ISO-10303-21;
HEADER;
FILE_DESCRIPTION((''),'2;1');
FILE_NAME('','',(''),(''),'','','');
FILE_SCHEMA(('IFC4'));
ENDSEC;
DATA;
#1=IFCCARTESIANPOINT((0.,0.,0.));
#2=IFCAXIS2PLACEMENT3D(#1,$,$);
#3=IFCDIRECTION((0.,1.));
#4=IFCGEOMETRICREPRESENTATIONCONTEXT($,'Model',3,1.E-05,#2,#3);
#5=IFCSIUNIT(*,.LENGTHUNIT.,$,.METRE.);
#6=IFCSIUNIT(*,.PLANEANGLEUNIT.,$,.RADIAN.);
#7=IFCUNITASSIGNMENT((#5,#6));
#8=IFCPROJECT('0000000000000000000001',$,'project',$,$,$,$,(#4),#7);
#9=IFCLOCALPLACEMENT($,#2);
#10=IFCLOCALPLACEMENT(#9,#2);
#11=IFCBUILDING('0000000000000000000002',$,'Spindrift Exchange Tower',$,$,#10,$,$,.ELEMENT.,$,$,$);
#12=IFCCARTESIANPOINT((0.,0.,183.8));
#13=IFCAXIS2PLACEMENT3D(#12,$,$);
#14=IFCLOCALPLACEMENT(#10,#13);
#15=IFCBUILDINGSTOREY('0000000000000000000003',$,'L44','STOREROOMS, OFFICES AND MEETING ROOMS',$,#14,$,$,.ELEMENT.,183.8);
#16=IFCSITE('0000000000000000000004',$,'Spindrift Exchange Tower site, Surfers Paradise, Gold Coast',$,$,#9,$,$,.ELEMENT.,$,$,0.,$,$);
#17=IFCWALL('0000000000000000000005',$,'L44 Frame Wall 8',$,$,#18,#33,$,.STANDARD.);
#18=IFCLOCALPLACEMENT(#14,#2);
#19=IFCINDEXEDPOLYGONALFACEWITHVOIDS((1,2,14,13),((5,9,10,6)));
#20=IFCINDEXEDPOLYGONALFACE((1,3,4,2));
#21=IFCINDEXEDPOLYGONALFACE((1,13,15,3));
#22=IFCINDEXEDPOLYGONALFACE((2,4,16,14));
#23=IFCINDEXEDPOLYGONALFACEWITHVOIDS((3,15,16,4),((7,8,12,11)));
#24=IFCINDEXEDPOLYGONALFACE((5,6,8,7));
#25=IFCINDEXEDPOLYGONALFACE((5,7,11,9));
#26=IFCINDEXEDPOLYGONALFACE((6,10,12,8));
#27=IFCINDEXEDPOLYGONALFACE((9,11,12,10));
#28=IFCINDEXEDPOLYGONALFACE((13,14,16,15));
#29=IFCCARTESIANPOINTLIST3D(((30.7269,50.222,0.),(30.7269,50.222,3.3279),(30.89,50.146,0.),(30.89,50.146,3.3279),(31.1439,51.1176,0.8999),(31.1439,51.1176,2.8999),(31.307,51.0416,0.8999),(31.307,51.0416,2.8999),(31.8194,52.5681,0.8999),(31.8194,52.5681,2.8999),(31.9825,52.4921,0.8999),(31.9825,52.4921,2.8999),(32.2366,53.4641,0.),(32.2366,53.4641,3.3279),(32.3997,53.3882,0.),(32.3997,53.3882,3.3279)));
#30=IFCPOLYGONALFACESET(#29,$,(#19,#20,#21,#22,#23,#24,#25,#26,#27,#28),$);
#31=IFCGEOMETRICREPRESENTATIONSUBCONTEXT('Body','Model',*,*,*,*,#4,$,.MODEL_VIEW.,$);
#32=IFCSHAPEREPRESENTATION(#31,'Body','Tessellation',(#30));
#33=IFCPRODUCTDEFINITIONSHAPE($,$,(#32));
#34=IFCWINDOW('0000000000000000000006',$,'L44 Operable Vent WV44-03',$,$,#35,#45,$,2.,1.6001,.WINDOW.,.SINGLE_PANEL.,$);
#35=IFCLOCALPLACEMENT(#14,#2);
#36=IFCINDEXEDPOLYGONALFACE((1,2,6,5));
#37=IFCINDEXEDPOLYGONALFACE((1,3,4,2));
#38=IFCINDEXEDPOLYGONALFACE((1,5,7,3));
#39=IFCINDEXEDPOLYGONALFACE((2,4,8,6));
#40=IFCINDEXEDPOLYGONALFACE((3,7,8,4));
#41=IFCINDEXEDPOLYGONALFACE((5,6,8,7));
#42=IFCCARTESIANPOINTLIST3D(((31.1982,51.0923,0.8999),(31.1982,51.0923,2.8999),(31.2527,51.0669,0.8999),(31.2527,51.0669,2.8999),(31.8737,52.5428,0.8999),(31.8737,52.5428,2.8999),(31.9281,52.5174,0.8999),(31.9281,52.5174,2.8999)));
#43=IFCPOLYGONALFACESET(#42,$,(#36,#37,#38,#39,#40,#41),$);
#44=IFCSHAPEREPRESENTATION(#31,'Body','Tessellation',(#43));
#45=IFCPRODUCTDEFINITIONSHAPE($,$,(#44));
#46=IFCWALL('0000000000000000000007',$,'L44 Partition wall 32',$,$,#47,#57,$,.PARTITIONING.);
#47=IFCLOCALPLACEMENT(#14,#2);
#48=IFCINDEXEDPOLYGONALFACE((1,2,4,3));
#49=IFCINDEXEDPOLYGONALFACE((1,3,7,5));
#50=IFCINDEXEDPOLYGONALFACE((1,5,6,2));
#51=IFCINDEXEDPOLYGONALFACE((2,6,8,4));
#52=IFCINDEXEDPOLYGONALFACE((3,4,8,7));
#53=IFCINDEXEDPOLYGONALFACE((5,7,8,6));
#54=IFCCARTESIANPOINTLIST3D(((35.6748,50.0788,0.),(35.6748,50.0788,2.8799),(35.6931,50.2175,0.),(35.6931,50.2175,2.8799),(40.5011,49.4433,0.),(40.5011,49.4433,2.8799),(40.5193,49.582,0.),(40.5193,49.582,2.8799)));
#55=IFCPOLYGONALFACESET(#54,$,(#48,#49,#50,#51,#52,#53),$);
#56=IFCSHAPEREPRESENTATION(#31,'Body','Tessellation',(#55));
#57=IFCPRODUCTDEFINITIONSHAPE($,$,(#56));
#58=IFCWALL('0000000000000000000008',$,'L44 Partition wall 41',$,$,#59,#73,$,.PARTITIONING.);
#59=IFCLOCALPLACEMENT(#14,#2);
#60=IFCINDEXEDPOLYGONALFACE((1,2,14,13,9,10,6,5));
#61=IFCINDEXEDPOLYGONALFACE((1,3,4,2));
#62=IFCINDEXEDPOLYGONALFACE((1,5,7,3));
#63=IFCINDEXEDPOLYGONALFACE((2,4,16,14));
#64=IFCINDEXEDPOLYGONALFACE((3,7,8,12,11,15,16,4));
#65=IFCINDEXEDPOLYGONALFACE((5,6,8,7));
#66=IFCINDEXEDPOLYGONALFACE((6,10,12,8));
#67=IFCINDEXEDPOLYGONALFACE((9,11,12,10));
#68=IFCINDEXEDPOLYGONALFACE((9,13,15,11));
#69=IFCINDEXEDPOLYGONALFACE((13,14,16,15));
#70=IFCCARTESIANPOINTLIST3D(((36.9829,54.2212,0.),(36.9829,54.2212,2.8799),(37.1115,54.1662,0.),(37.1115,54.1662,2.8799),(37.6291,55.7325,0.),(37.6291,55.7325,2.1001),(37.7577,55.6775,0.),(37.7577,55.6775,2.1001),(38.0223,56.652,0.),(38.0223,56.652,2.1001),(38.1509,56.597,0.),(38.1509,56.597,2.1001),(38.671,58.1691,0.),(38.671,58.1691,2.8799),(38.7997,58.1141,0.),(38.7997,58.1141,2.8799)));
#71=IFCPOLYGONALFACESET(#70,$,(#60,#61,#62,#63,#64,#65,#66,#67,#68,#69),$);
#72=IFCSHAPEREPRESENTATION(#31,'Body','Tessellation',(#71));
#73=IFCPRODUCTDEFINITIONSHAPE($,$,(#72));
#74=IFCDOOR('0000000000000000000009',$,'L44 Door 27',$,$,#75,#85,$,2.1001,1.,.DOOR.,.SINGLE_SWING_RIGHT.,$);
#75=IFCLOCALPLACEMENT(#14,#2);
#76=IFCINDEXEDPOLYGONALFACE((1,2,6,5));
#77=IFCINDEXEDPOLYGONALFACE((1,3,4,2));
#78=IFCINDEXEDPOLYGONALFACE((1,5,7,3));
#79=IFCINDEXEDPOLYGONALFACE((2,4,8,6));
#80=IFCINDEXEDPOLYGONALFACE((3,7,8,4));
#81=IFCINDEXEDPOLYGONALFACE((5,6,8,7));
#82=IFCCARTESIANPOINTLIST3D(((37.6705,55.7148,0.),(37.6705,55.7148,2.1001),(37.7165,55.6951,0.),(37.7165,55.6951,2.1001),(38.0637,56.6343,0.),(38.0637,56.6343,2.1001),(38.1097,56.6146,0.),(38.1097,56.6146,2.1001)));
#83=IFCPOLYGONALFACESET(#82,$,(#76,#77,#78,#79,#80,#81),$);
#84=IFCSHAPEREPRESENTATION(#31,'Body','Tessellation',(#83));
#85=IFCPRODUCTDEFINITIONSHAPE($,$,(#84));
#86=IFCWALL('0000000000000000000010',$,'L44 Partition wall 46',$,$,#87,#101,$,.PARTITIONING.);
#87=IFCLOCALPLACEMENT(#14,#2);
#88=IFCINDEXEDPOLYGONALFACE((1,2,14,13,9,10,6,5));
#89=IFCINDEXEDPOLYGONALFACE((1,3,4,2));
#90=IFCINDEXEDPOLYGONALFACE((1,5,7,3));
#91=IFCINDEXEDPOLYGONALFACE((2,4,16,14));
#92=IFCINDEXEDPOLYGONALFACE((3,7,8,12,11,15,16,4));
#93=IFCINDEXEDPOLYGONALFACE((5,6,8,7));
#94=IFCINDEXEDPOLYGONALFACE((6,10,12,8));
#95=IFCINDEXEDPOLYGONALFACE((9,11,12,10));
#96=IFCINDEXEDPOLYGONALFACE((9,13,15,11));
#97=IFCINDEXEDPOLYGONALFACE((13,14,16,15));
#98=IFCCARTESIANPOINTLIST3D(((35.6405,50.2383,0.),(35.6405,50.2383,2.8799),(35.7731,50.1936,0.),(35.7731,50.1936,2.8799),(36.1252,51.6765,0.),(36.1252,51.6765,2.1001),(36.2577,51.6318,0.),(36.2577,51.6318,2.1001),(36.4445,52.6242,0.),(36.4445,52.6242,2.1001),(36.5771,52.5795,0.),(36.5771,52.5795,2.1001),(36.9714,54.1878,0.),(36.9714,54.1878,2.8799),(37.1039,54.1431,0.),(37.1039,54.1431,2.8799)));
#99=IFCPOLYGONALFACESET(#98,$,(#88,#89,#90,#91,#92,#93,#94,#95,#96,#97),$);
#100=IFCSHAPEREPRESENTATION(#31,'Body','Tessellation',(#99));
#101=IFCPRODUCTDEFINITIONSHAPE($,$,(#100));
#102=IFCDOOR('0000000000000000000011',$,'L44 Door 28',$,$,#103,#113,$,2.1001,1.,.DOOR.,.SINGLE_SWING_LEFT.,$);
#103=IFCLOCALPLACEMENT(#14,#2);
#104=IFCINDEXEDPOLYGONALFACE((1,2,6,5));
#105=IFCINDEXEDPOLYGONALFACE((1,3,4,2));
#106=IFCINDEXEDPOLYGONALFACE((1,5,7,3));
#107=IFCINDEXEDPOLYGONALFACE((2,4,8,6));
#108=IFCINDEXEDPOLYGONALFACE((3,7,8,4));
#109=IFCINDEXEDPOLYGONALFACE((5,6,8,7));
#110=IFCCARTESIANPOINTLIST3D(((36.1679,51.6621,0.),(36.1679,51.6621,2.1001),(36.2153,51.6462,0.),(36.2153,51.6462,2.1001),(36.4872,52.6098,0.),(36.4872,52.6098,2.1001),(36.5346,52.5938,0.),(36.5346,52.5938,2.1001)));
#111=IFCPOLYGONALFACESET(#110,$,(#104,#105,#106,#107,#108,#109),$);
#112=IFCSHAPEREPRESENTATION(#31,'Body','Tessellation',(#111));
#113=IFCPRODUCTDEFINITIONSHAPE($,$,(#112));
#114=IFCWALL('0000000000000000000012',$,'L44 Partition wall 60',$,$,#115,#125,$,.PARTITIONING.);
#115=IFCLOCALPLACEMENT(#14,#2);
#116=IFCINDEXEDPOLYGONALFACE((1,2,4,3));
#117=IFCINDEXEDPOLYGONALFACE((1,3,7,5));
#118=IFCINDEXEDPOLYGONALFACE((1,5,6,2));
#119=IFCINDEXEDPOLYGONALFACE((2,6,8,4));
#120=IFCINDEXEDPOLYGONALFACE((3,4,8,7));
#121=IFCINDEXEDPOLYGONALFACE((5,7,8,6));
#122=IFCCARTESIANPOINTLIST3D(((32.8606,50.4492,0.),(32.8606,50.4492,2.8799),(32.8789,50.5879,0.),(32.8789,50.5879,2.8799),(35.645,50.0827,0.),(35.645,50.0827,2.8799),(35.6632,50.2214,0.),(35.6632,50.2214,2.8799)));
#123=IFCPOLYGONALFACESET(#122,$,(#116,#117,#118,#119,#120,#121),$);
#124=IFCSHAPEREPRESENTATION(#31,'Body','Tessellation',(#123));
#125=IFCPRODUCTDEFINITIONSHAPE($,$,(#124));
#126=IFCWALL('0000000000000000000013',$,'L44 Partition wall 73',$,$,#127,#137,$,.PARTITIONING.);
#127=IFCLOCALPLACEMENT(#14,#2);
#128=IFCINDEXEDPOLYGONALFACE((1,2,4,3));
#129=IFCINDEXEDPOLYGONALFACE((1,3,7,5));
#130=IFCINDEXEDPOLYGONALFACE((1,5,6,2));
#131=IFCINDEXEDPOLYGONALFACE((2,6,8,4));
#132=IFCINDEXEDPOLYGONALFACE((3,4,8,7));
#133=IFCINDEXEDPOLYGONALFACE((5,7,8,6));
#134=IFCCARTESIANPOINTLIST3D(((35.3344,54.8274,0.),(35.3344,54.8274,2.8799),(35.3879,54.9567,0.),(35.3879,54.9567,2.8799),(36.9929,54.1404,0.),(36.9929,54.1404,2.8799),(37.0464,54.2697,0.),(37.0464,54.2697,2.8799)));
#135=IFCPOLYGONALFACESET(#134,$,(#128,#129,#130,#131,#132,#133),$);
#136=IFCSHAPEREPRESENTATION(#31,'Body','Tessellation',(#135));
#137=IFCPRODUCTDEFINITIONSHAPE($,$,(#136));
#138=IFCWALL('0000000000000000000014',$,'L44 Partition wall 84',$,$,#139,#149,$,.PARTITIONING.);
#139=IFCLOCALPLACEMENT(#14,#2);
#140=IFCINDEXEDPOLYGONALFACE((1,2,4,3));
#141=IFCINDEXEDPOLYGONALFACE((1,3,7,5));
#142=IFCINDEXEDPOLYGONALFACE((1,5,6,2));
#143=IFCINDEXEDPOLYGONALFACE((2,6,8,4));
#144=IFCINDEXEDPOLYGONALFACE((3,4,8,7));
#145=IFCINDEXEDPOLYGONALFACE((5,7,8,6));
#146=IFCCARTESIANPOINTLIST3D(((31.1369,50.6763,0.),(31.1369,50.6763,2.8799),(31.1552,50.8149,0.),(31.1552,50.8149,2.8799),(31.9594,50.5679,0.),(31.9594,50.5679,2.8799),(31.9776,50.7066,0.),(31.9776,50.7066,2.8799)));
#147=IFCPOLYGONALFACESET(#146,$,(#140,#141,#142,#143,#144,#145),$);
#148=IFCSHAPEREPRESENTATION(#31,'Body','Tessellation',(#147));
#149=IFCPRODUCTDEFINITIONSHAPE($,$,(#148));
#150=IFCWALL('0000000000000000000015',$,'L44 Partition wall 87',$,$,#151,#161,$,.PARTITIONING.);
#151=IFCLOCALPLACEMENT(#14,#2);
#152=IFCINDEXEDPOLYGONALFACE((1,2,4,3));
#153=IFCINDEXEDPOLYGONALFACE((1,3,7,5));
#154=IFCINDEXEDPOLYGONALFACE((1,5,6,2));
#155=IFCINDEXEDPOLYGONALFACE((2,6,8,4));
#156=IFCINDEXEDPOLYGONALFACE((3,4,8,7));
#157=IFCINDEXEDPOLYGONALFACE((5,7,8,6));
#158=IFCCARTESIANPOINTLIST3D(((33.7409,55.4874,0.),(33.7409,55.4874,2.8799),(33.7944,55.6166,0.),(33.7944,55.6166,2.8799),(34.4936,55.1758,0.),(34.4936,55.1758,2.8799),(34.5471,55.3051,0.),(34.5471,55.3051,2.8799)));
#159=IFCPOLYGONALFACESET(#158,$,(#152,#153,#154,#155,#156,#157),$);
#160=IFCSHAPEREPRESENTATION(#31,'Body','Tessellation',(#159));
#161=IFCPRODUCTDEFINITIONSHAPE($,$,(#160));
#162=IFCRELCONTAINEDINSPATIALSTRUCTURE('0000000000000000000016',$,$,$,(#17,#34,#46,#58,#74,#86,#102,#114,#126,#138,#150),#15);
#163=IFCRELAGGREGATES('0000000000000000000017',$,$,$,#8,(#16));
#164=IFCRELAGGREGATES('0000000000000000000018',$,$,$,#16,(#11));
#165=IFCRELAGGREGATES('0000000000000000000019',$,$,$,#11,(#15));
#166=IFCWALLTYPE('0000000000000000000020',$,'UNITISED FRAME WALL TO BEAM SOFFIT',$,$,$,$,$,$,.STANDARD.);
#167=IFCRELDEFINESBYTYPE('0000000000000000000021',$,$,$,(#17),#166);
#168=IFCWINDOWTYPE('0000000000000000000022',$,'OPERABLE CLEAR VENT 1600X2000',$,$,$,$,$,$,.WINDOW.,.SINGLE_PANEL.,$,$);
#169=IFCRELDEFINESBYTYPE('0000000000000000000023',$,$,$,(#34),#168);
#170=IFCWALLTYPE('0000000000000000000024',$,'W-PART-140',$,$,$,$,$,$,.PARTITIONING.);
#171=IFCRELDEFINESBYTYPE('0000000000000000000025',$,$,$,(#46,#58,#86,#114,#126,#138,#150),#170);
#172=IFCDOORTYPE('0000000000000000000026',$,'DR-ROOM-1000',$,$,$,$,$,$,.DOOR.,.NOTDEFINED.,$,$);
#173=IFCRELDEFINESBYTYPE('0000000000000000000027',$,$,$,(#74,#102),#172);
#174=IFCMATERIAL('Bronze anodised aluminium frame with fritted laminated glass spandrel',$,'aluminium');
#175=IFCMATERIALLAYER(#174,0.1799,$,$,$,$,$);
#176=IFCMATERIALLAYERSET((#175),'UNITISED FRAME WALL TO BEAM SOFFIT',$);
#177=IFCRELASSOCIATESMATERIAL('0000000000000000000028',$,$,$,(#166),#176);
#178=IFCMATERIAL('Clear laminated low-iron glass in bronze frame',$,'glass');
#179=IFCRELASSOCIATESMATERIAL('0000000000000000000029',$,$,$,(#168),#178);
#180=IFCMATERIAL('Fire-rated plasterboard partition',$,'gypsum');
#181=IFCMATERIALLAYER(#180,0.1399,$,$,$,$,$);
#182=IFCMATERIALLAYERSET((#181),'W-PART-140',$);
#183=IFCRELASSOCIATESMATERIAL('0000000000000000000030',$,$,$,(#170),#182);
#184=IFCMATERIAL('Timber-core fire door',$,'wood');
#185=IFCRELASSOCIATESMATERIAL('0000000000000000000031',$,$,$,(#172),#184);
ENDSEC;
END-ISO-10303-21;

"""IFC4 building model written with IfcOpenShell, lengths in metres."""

from ifc_helpers import new_model, si_unit, direction, frame, frame_2d, origin, place, context, subcontext, project, spatial, rectangle, extrude, source, transform, mapped, material, layer, layer_set, type_object, element, fill, save


model = new_model("IFC4")

# Units and contexts
model_context = context("Model", 3, precision=1e-05, world=origin(), true_north=direction((0.0, 1.0)))
body_context = subcontext(model_context, "Body", "Model", "MODEL_VIEW")
ifc_project = project(units=[si_unit("LENGTHUNIT", "METRE"), si_unit("PLANEANGLEUNIT", "RADIAN")], contexts=[model_context])

# Site, building, storey
site_placement = place(None, origin())
site = spatial("IfcSite", under=ifc_project, at=site_placement, Name="Spindrift Exchange Tower site, Surfers Paradise, Gold Coast", CompositionType="ELEMENT", RefElevation=0.0)
building_placement = place(site_placement, origin())
building = spatial("IfcBuilding", under=site, at=building_placement, Name="Spindrift Exchange Tower", CompositionType="ELEMENT")
storey_placement = place(building_placement, frame((0.0, 0.0, 183.8)))
storey = spatial("IfcBuildingStorey", under=building, at=storey_placement, Name="L44", Description="STOREROOMS, OFFICES AND MEETING ROOMS", CompositionType="ELEMENT", Elevation=183.8)

# Wall, opening, window
ifc_material_1 = material(Name="Bronze anodised aluminium frame with fritted laminated glass spandrel", Category="aluminium")
ifc_layer_1 = layer(ifc_material_1, 0.1799)
ifc_layer_set_1 = layer_set([ifc_layer_1], Name="UNITISED FRAME WALL TO BEAM SOFFIT")
wall_type_1 = type_object("IfcWallType", Name="UNITISED FRAME WALL TO BEAM SOFFIT", PredefinedType="STANDARD", material=ifc_layer_set_1)
wall_1_placement = place(storey_placement, frame((32.3181, 53.426, 0.0), z_axis=(0.0, 0.0, 1.0), x_axis=(-0.422138, -0.906532, 0.0)))
wall_1 = element("IfcWall", 1, at=wall_1_placement, inside=storey, type_object=wall_type_1, Name="L44 Frame Wall 8", PredefinedType="STANDARD", context=body_context, shape_type="SweptSolid", body=[
    extrude(rectangle(XDim=3.5764, YDim=0.1799, at=frame_2d((1.7881, 0.0))), origin(), (0.0, 0.0, 1.0), 3.3279),
])
opening_1_placement = place(wall_1_placement, frame((0.9883, 0.0, 0.8999)))
opening_1 = element("IfcOpeningElement", 2, at=opening_1_placement, cuts=wall_1, PredefinedType="OPENING", context=body_context, shape_type="SweptSolid", body=[
    extrude(rectangle(XDim=1.6001, YDim=2.0, at=frame_2d((0.8, 1.0))), frame((0.0, 0.0999, 0.0), z_axis=(0.0, -1.0, 0.0), x_axis=(1.0, 0.0, 0.0)), (0.0, 0.0, 1.0), 0.2),
])
ifc_material_2 = material(Name="Clear laminated low-iron glass in bronze frame", Category="glass")
window_type = type_object("IfcWindowType", Name="OPERABLE CLEAR VENT 1600X2000", PartitioningType="SINGLE_PANEL", PredefinedType="WINDOW", material=ifc_material_2)
shared_shape_1 = source(origin(), body_context, "Body", "SweptSolid", [
    extrude(rectangle(XDim=1.6001, YDim=2.0, at=frame_2d((0.8, 1.0))), frame((0.0, 0.03, 0.0), z_axis=(0.0, -1.0, 0.0), x_axis=(1.0, 0.0, 0.0)), (0.0, 0.0, 1.0), 0.0601),
])
window_placement = place(opening_1_placement, origin())
window = element("IfcWindow", 3, at=window_placement, inside=storey, type_object=window_type, Name="L44 Operable Vent WV44-03", OverallHeight=2.0, OverallWidth=1.6001, PartitioningType="SINGLE_PANEL", PredefinedType="WINDOW", context=body_context, shape_type="MappedRepresentation", body=[
    mapped(shared_shape_1, transform((0.0, 0.0, 0.0), scale=1.0)),
])
fill(opening_1, window)

# Wall
ifc_material_3 = material(Name="Fire-rated plasterboard partition", Category="gypsum")
ifc_layer_2 = layer(ifc_material_3, 0.1399)
ifc_layer_set_2 = layer_set([ifc_layer_2], Name="W-PART-140")
wall_type_2 = type_object("IfcWallType", Name="W-PART-140", PredefinedType="PARTITIONING", material=ifc_layer_set_2)
wall_2_placement = place(storey_placement, frame((35.6838, 50.1482, 0.0), z_axis=(0.0, 0.0, 1.0), x_axis=(0.991442, -0.130551, 0.0)))
element("IfcWall", 4, at=wall_2_placement, inside=storey, type_object=wall_type_2, Name="L44 Partition wall 32", PredefinedType="PARTITIONING", context=body_context, shape_type="SweptSolid", body=[
    extrude(rectangle(XDim=4.8679, YDim=0.1399, at=frame_2d((2.4341, 0.0))), origin(), (0.0, 0.0, 1.0), 2.8799),
])

# Walls, openings, doors
wall_3_placement = place(storey_placement, frame((37.0471, 54.1936, 0.0), z_axis=(0.0, 0.0, 1.0), x_axis=(0.393178, 0.919462, 0.0)))
wall_3 = element("IfcWall", 5, at=wall_3_placement, inside=storey, type_object=wall_type_2, Name="L44 Partition wall 41", PredefinedType="PARTITIONING", context=body_context, shape_type="SweptSolid", body=[
    extrude(rectangle(XDim=4.2937, YDim=0.1399, at=frame_2d((2.147, 0.0))), origin(), (0.0, 0.0, 1.0), 2.8799),
])
opening_2_placement = place(wall_3_placement, frame((1.6438, 0.0, 0.0)))
opening_2 = element("IfcOpeningElement", 6, at=opening_2_placement, cuts=wall_3, PredefinedType="OPENING", context=body_context, shape_type="SweptSolid", body=[
    extrude(rectangle(XDim=1.0, YDim=2.1001, at=frame_2d((0.5, 1.05))), frame((0.0, 0.0798, 0.0), z_axis=(0.0, -1.0, 0.0), x_axis=(1.0, 0.0, 0.0)), (0.0, 0.0, 1.0), 0.1599),
])
ifc_material_4 = material(Name="Timber-core fire door", Category="wood")
door_type = type_object("IfcDoorType", Name="DR-ROOM-1000", OperationType="NOTDEFINED", PredefinedType="DOOR", material=ifc_material_4)
shared_shape_2 = source(origin(), body_context, "Body", "SweptSolid", [
    extrude(rectangle(XDim=1.0, YDim=2.1001, at=frame_2d((0.5, 1.05))), frame((0.0, 0.0249, 0.0), z_axis=(0.0, -1.0, 0.0), x_axis=(1.0, 0.0, 0.0)), (0.0, 0.0, 1.0), 0.05),
])
door_1_placement = place(opening_2_placement, origin())
door_1 = element("IfcDoor", 7, at=door_1_placement, inside=storey, type_object=door_type, Name="L44 Door 27", OperationType="SINGLE_SWING_RIGHT", OverallHeight=2.1001, OverallWidth=1.0, PredefinedType="DOOR", context=body_context, shape_type="MappedRepresentation", body=[
    mapped(shared_shape_2, transform((0.0, 0.0, 0.0), scale=1.0)),
])
fill(opening_2, door_1)
wall_4_placement = place(storey_placement, frame((35.7068, 50.2158, 0.0), z_axis=(0.0, 0.0, 1.0), x_axis=(0.319319, 0.947647, 0.0)))
wall_4 = element("IfcWall", 8, at=wall_4_placement, inside=storey, type_object=wall_type_2, Name="L44 Partition wall 46", PredefinedType="PARTITIONING", context=body_context, shape_type="SweptSolid", body=[
    extrude(rectangle(XDim=4.1677, YDim=0.1399, at=frame_2d((2.084, 0.0))), origin(), (0.0, 0.0, 1.0), 2.8799),
])
opening_3_placement = place(wall_4_placement, frame((1.5178, 0.0, 0.0)))
opening_3 = element("IfcOpeningElement", 9, at=opening_3_placement, cuts=wall_4, PredefinedType="OPENING", context=body_context, shape_type="SweptSolid", body=[
    extrude(rectangle(XDim=1.0, YDim=2.1001, at=frame_2d((0.5, 1.05))), frame((0.0, 0.0798, 0.0), z_axis=(0.0, -1.0, 0.0), x_axis=(1.0, 0.0, 0.0)), (0.0, 0.0, 1.0), 0.1599),
])
door_2_placement = place(opening_3_placement, origin())
door_2 = element("IfcDoor", 10, at=door_2_placement, inside=storey, type_object=door_type, Name="L44 Door 28", OperationType="SINGLE_SWING_LEFT", OverallHeight=2.1001, OverallWidth=1.0, PredefinedType="DOOR", context=body_context, shape_type="MappedRepresentation", body=[
    mapped(shared_shape_2, transform((0.0, 0.0, 0.0), scale=1.0)),
])
fill(opening_3, door_2)

# Walls
wall_5_placement = place(storey_placement, frame((32.8696, 50.5186, 0.0), z_axis=(0.0, 0.0, 1.0), x_axis=(0.99145, -0.130484, 0.0)))
element("IfcWall", 11, at=wall_5_placement, inside=storey, type_object=wall_type_2, Name="L44 Partition wall 60", PredefinedType="PARTITIONING", context=body_context, shape_type="SweptSolid", body=[
    extrude(rectangle(XDim=2.8083, YDim=0.1399, at=frame_2d((1.4043, 0.0))), origin(), (0.0, 0.0, 1.0), 2.8799),
])
wall_6_placement = place(storey_placement, frame((37.0195, 54.2051, 0.0), z_axis=(0.0, 0.0, 1.0), x_axis=(-0.923868, 0.382712, 0.0)))
element("IfcWall", 12, at=wall_6_placement, inside=storey, type_object=wall_type_2, Name="L44 Partition wall 73", PredefinedType="PARTITIONING", context=body_context, shape_type="SweptSolid", body=[
    extrude(rectangle(XDim=1.7952, YDim=0.1399, at=frame_2d((0.8975, 0.0))), origin(), (0.0, 0.0, 1.0), 2.8799),
])
wall_7_placement = place(storey_placement, frame((31.9685, 50.6372, 0.0), z_axis=(0.0, 0.0, 1.0), x_axis=(-0.991427, 0.13066, 0.0)))
element("IfcWall", 13, at=wall_7_placement, inside=storey, type_object=wall_type_2, Name="L44 Partition wall 84", PredefinedType="PARTITIONING", context=body_context, shape_type="SweptSolid", body=[
    extrude(rectangle(XDim=0.8296, YDim=0.1399, at=frame_2d((0.4148, 0.0))), origin(), (0.0, 0.0, 1.0), 2.8799),
])
wall_8_placement = place(storey_placement, frame((34.5203, 55.2405, 0.0), z_axis=(0.0, 0.0, 1.0), x_axis=(-0.923988, 0.382422, 0.0)))
element("IfcWall", 14, at=wall_8_placement, inside=storey, type_object=wall_type_2, Name="L44 Partition wall 87", PredefinedType="PARTITIONING", context=body_context, shape_type="SweptSolid", body=[
    extrude(rectangle(XDim=0.8147, YDim=0.1399, at=frame_2d((0.4072, 0.0))), origin(), (0.0, 0.0, 1.0), 2.8799),
])

save(model, "model.ifc")
